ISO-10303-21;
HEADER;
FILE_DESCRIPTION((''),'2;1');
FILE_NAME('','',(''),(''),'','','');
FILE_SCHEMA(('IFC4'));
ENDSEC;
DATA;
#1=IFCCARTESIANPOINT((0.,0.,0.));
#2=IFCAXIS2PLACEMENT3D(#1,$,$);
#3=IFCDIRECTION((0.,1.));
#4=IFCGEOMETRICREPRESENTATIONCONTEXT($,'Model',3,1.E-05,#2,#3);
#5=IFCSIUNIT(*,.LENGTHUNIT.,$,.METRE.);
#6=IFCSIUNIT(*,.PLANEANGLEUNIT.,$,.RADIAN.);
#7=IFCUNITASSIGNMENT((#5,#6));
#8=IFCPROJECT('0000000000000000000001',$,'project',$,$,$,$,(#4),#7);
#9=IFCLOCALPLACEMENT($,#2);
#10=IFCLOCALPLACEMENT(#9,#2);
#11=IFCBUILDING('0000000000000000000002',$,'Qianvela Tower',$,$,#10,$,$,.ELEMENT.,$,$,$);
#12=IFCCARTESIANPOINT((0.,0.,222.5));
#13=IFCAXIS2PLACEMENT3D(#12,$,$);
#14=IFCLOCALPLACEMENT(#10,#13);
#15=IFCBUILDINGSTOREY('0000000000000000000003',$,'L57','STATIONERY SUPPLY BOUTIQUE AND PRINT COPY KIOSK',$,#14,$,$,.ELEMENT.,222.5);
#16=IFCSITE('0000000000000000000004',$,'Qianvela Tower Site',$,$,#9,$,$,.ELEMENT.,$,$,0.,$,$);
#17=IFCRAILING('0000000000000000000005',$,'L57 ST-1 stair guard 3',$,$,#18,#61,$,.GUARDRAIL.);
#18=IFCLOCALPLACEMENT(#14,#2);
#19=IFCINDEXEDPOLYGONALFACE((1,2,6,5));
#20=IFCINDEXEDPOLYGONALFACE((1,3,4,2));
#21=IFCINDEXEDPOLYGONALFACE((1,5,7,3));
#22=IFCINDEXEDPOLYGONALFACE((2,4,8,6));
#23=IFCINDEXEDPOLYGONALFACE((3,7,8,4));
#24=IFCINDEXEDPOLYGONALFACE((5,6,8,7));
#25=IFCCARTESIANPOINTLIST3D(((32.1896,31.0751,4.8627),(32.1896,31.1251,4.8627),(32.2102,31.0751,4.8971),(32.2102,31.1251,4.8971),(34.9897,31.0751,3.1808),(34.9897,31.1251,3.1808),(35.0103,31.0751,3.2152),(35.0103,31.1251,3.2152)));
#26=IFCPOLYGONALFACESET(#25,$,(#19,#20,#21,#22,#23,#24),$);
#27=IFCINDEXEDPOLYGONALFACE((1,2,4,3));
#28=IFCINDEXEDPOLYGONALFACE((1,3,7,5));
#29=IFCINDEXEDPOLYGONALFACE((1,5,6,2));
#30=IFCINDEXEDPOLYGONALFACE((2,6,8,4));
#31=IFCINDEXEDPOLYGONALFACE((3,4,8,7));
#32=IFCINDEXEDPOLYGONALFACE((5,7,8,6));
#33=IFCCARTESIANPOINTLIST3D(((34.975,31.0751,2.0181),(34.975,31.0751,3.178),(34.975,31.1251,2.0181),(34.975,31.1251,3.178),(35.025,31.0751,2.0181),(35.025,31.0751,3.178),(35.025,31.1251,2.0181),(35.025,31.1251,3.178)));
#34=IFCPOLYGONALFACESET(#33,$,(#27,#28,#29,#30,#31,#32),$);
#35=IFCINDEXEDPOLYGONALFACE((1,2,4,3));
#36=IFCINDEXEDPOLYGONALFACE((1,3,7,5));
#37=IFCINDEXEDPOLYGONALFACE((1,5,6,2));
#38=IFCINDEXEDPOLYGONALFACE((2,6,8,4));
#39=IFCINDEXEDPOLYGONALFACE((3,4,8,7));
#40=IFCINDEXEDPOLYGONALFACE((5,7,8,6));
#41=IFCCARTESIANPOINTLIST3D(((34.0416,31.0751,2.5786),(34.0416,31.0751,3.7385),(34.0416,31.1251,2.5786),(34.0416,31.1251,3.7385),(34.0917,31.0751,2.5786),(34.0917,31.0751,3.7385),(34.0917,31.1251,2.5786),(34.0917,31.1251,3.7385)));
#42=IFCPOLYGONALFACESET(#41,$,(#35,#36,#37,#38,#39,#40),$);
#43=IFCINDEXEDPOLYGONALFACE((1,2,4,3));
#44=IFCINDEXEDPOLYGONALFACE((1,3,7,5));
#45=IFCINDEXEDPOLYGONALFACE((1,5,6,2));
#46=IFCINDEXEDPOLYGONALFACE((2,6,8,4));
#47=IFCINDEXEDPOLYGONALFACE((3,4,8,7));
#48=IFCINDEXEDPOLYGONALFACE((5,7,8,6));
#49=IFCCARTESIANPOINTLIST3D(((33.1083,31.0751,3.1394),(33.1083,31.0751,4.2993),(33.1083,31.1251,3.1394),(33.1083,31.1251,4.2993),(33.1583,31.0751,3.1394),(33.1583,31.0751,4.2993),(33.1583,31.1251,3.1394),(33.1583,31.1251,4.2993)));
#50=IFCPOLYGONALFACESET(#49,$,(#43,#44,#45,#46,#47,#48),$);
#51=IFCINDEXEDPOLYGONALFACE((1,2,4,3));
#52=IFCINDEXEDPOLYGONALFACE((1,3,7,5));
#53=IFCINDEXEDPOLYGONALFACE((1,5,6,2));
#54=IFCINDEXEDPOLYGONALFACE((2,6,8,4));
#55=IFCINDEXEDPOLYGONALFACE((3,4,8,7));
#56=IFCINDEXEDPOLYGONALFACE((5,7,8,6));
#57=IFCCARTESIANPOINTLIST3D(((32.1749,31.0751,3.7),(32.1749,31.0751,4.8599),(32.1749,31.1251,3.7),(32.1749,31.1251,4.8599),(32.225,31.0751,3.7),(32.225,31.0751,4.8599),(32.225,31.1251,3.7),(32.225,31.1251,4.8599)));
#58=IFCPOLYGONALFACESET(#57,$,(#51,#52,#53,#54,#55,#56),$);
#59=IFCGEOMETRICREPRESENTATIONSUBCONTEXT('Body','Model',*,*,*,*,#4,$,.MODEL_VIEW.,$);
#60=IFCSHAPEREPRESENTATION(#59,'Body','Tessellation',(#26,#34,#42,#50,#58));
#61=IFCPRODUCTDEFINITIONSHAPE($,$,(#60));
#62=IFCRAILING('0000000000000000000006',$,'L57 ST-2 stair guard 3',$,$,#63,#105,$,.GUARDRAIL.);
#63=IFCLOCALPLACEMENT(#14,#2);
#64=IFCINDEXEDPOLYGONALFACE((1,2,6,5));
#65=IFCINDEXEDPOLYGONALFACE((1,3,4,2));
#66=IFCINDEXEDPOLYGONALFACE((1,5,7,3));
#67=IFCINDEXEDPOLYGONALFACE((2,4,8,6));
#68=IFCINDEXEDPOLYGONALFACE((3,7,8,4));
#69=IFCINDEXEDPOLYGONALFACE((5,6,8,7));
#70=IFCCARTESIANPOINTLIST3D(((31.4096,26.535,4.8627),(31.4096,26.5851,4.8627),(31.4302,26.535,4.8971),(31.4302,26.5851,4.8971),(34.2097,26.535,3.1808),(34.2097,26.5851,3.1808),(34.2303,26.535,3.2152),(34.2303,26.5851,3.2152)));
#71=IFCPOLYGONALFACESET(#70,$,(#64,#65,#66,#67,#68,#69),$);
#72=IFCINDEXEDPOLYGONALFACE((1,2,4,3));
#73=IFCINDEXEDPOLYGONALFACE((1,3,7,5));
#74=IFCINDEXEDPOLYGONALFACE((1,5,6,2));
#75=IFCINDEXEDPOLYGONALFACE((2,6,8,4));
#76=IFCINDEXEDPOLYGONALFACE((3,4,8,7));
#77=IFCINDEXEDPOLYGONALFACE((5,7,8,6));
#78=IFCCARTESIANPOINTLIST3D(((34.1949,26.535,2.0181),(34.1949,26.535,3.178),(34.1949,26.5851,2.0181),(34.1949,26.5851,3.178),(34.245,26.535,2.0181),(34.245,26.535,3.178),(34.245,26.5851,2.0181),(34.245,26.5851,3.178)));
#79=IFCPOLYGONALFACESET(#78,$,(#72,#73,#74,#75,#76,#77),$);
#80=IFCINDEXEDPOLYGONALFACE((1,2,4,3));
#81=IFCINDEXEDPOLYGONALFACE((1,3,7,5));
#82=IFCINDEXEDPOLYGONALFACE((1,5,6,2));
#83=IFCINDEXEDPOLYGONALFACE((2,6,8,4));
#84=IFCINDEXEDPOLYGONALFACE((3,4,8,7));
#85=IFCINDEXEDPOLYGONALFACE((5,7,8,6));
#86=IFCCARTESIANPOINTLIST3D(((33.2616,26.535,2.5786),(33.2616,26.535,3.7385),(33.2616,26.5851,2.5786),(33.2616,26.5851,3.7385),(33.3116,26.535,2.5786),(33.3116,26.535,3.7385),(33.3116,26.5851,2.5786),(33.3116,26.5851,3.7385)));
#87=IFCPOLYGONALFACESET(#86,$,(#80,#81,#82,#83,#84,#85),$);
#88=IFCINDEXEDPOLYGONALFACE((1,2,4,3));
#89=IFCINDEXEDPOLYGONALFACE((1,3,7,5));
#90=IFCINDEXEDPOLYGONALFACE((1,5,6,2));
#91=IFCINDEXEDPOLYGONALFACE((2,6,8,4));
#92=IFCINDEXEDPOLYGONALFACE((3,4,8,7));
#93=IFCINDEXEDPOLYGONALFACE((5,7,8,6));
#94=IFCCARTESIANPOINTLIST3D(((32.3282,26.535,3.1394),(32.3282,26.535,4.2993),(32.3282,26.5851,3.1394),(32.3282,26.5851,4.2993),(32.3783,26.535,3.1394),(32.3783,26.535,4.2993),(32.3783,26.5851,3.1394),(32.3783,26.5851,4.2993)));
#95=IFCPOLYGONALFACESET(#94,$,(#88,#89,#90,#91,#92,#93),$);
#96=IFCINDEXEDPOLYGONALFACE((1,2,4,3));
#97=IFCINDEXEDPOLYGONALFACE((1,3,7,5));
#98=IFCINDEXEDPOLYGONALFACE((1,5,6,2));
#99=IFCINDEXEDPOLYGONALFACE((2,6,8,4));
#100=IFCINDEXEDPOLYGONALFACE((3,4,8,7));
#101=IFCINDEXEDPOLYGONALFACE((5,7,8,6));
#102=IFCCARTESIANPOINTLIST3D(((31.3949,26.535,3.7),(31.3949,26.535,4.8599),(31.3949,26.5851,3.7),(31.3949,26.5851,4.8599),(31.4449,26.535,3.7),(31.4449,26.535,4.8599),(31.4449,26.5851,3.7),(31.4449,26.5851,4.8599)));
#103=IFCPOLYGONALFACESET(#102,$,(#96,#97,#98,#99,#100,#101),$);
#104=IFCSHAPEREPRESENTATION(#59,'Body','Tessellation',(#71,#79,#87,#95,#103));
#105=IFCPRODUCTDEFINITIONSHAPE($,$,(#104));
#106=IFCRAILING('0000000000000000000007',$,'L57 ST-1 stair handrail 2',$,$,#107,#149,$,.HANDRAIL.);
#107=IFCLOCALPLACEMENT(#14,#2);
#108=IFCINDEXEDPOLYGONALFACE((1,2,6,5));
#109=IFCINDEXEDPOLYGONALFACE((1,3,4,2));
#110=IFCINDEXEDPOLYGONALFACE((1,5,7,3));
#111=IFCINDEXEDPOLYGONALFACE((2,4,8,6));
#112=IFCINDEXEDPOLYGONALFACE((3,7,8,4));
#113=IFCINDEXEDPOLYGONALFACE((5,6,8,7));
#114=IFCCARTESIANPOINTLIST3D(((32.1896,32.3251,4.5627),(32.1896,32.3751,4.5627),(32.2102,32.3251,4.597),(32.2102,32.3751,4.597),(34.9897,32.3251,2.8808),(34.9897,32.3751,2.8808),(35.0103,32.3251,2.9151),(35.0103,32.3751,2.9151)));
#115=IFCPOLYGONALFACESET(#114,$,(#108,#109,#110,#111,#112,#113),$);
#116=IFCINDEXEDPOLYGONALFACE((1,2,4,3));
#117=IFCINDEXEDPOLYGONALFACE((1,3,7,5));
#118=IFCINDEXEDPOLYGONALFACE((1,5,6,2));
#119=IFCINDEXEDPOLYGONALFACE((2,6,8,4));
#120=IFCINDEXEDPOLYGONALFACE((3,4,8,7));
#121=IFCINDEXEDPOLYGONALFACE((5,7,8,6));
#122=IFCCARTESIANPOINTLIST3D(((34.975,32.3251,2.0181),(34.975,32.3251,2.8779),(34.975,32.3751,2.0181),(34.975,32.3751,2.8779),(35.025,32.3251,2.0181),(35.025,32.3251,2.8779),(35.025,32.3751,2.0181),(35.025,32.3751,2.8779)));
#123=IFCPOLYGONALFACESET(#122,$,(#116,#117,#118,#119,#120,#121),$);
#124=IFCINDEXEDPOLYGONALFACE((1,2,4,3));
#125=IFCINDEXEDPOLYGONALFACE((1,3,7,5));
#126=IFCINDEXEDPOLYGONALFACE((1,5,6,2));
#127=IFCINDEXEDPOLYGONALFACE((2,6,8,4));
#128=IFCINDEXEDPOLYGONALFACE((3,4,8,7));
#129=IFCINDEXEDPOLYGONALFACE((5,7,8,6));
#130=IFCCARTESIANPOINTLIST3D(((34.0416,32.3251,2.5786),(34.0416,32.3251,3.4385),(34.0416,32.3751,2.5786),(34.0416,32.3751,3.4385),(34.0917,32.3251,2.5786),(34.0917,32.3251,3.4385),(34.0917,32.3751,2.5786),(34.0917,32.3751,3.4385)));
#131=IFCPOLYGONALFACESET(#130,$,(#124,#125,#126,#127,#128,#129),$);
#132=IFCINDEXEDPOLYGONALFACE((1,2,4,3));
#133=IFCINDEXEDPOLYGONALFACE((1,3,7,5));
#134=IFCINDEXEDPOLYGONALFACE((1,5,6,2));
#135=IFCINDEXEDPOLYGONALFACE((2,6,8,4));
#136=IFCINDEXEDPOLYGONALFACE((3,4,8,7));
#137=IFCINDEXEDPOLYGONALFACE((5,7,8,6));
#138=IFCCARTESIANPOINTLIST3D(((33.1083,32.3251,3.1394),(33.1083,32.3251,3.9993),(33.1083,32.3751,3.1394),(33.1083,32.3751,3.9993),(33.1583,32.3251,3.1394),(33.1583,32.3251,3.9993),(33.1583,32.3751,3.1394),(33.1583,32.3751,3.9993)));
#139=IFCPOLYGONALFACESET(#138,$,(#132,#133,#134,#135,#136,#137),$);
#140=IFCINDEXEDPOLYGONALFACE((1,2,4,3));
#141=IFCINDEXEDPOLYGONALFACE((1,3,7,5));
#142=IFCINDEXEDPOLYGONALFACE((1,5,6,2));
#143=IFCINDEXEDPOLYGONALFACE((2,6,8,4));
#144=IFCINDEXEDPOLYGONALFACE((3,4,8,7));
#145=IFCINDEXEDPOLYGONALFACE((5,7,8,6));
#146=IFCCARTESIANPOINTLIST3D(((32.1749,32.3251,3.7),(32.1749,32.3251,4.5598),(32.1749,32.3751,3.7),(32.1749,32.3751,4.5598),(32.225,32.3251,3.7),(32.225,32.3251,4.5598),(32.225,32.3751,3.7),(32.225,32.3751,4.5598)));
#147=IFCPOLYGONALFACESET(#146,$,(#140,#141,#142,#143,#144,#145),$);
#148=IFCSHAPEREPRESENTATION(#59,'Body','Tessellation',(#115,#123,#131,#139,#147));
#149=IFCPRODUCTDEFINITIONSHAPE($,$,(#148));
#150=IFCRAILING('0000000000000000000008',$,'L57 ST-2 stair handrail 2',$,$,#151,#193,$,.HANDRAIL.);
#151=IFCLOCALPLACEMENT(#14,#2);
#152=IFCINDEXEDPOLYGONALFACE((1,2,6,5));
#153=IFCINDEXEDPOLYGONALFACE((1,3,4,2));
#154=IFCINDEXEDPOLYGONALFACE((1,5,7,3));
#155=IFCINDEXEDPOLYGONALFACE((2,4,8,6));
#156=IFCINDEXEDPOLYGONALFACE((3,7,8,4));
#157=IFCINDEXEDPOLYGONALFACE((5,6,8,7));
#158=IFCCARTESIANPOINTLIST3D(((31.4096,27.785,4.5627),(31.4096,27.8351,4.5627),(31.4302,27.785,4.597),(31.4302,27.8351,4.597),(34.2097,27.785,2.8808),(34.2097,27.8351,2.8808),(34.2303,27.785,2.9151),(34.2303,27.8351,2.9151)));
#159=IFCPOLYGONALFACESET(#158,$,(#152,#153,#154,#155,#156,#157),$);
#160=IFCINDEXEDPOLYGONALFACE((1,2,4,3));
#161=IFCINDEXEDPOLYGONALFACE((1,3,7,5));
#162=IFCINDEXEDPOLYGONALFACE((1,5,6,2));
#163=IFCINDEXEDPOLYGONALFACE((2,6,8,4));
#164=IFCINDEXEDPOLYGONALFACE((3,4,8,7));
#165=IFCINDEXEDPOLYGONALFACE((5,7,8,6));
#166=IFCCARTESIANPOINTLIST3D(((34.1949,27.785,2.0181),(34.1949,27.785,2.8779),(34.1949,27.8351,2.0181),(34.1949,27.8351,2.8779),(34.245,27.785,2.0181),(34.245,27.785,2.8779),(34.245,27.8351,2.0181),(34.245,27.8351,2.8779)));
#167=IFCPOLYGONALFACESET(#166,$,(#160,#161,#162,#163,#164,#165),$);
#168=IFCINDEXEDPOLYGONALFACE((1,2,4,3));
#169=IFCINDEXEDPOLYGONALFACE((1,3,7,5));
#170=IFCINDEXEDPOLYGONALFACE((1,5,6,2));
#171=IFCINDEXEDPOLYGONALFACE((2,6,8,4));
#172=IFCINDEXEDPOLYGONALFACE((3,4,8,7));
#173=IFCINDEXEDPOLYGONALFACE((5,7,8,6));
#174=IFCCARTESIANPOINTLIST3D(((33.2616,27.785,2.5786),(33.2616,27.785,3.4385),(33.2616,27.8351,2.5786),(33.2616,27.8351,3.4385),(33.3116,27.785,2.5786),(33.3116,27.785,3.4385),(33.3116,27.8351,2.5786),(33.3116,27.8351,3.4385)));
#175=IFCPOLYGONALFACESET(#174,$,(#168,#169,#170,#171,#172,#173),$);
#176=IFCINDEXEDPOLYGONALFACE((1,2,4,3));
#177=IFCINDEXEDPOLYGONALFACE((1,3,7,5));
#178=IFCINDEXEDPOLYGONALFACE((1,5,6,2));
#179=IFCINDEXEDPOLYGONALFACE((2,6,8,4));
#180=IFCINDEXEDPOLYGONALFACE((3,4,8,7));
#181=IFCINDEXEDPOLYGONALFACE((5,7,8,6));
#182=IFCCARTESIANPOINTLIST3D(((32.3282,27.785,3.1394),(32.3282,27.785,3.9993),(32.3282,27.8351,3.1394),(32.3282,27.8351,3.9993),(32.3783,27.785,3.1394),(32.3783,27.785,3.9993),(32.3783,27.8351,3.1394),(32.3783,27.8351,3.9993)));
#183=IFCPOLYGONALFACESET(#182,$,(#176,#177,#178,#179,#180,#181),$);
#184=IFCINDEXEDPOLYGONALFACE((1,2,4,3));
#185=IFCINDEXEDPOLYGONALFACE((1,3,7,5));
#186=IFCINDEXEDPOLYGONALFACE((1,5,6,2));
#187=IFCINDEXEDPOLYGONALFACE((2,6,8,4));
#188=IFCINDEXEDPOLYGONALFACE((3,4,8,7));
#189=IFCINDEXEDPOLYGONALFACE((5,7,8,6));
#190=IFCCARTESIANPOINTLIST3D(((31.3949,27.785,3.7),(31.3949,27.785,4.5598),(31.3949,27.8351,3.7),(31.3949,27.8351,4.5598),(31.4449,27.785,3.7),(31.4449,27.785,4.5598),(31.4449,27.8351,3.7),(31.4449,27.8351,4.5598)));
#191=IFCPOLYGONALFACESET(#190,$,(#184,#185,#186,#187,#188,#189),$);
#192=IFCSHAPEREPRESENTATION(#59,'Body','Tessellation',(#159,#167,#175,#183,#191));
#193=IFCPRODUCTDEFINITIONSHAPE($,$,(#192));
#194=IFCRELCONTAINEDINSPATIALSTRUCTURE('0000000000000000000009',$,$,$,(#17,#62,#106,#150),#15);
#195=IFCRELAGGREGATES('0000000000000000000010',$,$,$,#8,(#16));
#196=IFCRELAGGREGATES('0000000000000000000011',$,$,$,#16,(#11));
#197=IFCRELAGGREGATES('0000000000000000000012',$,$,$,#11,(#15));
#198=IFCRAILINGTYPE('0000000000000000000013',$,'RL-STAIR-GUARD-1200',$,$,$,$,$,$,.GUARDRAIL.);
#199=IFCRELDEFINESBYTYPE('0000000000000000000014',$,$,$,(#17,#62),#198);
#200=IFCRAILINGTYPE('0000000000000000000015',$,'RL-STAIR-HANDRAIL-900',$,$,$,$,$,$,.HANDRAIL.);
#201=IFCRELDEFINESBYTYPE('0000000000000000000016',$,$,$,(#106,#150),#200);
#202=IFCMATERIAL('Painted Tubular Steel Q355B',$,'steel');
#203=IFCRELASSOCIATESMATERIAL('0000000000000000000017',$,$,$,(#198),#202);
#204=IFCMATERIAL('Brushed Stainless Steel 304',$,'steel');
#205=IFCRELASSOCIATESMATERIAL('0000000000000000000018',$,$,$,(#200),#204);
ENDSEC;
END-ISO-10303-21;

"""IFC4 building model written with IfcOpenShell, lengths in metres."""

from ifc_helpers import new_model, si_unit, direction, frame, origin, origin_2d, place, context, subcontext, project, spatial, rectangle, extrude, material, type_object, element, save


model = new_model("IFC4")

# Units and contexts
model_context = context("Model", 3, precision=1e-05, world=origin(), true_north=direction((0.0, 1.0)))
body_context = subcontext(model_context, "Body", "Model", "MODEL_VIEW")
ifc_project = project(units=[si_unit("LENGTHUNIT", "METRE"), si_unit("PLANEANGLEUNIT", "RADIAN")], contexts=[model_context])

# Site, building, storey
site_placement = place(None, origin())
site = spatial("IfcSite", under=ifc_project, at=site_placement, Name="Qianvela Tower Site", CompositionType="ELEMENT", RefElevation=0.0)
building_placement = place(site_placement, origin())
building = spatial("IfcBuilding", under=site, at=building_placement, Name="Qianvela Tower", CompositionType="ELEMENT")
storey_placement = place(building_placement, frame((0.0, 0.0, 222.5)))
storey = spatial("IfcBuildingStorey", under=building, at=storey_placement, Name="L57", Description="STATIONERY SUPPLY BOUTIQUE AND PRINT COPY KIOSK", CompositionType="ELEMENT", Elevation=222.5)

# Railings
ifc_material_1 = material(Name="Painted Tubular Steel Q355B", Category="steel")
railing_type_1 = type_object("IfcRailingType", Name="RL-STAIR-GUARD-1200", PredefinedType="GUARDRAIL", material=ifc_material_1)
for number, where, name in (
    (1, (35.0, 31.1001, 2.0181), "L57 ST-1 stair guard 3"),
    (2, (34.22, 26.5601, 2.0181), "L57 ST-2 stair guard 3"),
):
    element("IfcRailing", number, at=place(storey_placement, frame(where)), inside=storey, type_object=railing_type_1, Name=name, PredefinedType="GUARDRAIL", context=body_context, shape_type="SweptSolid", body=[
        extrude(rectangle(XDim=0.05, YDim=0.04, at=origin_2d()), frame((0.0, 0.0, 1.1799), z_axis=(-0.857242, 0.0, 0.514913), x_axis=(0.0, -1.0, 0.0)), (0.0, 0.0, 1.0), 3.2664),
        extrude(rectangle(XDim=0.05, YDim=0.05, at=origin_2d()), origin(), (0.0, 0.0, 1.0), 1.1599),
        extrude(rectangle(XDim=0.05, YDim=0.05, at=origin_2d()), frame((-0.9333, 0.0, 0.5605)), (0.0, 0.0, 1.0), 1.1599),
        extrude(rectangle(XDim=0.05, YDim=0.05, at=origin_2d()), frame((-1.8667, 0.0, 1.1213)), (0.0, 0.0, 1.0), 1.1599),
        extrude(rectangle(XDim=0.05, YDim=0.05, at=origin_2d()), frame((-2.8, 0.0, 1.6819)), (0.0, 0.0, 1.0), 1.1599),
    ])
ifc_material_2 = material(Name="Brushed Stainless Steel 304", Category="steel")
railing_type_2 = type_object("IfcRailingType", Name="RL-STAIR-HANDRAIL-900", PredefinedType="HANDRAIL", material=ifc_material_2)
for number, where, name in (
    (3, (35.0, 32.3501, 2.0181), "L57 ST-1 stair handrail 2"),
    (4, (34.22, 27.8101, 2.0181), "L57 ST-2 stair handrail 2"),
):
    element("IfcRailing", number, at=place(storey_placement, frame(where)), inside=storey, type_object=railing_type_2, Name=name, PredefinedType="HANDRAIL", context=body_context, shape_type="SweptSolid", body=[
        extrude(rectangle(XDim=0.05, YDim=0.04, at=origin_2d()), frame((0.0, 0.0, 0.8799), z_axis=(-0.857242, 0.0, 0.514913), x_axis=(0.0, -1.0, 0.0)), (0.0, 0.0, 1.0), 3.2664),
        extrude(rectangle(XDim=0.05, YDim=0.05, at=origin_2d()), origin(), (0.0, 0.0, 1.0), 0.8599),
        extrude(rectangle(XDim=0.05, YDim=0.05, at=origin_2d()), frame((-0.9333, 0.0, 0.5605)), (0.0, 0.0, 1.0), 0.8599),
        extrude(rectangle(XDim=0.05, YDim=0.05, at=origin_2d()), frame((-1.8667, 0.0, 1.1213)), (0.0, 0.0, 1.0), 0.8599),
        extrude(rectangle(XDim=0.05, YDim=0.05, at=origin_2d()), frame((-2.8, 0.0, 1.6819)), (0.0, 0.0, 1.0), 0.8599),
    ])

save(model, "model.ifc")
